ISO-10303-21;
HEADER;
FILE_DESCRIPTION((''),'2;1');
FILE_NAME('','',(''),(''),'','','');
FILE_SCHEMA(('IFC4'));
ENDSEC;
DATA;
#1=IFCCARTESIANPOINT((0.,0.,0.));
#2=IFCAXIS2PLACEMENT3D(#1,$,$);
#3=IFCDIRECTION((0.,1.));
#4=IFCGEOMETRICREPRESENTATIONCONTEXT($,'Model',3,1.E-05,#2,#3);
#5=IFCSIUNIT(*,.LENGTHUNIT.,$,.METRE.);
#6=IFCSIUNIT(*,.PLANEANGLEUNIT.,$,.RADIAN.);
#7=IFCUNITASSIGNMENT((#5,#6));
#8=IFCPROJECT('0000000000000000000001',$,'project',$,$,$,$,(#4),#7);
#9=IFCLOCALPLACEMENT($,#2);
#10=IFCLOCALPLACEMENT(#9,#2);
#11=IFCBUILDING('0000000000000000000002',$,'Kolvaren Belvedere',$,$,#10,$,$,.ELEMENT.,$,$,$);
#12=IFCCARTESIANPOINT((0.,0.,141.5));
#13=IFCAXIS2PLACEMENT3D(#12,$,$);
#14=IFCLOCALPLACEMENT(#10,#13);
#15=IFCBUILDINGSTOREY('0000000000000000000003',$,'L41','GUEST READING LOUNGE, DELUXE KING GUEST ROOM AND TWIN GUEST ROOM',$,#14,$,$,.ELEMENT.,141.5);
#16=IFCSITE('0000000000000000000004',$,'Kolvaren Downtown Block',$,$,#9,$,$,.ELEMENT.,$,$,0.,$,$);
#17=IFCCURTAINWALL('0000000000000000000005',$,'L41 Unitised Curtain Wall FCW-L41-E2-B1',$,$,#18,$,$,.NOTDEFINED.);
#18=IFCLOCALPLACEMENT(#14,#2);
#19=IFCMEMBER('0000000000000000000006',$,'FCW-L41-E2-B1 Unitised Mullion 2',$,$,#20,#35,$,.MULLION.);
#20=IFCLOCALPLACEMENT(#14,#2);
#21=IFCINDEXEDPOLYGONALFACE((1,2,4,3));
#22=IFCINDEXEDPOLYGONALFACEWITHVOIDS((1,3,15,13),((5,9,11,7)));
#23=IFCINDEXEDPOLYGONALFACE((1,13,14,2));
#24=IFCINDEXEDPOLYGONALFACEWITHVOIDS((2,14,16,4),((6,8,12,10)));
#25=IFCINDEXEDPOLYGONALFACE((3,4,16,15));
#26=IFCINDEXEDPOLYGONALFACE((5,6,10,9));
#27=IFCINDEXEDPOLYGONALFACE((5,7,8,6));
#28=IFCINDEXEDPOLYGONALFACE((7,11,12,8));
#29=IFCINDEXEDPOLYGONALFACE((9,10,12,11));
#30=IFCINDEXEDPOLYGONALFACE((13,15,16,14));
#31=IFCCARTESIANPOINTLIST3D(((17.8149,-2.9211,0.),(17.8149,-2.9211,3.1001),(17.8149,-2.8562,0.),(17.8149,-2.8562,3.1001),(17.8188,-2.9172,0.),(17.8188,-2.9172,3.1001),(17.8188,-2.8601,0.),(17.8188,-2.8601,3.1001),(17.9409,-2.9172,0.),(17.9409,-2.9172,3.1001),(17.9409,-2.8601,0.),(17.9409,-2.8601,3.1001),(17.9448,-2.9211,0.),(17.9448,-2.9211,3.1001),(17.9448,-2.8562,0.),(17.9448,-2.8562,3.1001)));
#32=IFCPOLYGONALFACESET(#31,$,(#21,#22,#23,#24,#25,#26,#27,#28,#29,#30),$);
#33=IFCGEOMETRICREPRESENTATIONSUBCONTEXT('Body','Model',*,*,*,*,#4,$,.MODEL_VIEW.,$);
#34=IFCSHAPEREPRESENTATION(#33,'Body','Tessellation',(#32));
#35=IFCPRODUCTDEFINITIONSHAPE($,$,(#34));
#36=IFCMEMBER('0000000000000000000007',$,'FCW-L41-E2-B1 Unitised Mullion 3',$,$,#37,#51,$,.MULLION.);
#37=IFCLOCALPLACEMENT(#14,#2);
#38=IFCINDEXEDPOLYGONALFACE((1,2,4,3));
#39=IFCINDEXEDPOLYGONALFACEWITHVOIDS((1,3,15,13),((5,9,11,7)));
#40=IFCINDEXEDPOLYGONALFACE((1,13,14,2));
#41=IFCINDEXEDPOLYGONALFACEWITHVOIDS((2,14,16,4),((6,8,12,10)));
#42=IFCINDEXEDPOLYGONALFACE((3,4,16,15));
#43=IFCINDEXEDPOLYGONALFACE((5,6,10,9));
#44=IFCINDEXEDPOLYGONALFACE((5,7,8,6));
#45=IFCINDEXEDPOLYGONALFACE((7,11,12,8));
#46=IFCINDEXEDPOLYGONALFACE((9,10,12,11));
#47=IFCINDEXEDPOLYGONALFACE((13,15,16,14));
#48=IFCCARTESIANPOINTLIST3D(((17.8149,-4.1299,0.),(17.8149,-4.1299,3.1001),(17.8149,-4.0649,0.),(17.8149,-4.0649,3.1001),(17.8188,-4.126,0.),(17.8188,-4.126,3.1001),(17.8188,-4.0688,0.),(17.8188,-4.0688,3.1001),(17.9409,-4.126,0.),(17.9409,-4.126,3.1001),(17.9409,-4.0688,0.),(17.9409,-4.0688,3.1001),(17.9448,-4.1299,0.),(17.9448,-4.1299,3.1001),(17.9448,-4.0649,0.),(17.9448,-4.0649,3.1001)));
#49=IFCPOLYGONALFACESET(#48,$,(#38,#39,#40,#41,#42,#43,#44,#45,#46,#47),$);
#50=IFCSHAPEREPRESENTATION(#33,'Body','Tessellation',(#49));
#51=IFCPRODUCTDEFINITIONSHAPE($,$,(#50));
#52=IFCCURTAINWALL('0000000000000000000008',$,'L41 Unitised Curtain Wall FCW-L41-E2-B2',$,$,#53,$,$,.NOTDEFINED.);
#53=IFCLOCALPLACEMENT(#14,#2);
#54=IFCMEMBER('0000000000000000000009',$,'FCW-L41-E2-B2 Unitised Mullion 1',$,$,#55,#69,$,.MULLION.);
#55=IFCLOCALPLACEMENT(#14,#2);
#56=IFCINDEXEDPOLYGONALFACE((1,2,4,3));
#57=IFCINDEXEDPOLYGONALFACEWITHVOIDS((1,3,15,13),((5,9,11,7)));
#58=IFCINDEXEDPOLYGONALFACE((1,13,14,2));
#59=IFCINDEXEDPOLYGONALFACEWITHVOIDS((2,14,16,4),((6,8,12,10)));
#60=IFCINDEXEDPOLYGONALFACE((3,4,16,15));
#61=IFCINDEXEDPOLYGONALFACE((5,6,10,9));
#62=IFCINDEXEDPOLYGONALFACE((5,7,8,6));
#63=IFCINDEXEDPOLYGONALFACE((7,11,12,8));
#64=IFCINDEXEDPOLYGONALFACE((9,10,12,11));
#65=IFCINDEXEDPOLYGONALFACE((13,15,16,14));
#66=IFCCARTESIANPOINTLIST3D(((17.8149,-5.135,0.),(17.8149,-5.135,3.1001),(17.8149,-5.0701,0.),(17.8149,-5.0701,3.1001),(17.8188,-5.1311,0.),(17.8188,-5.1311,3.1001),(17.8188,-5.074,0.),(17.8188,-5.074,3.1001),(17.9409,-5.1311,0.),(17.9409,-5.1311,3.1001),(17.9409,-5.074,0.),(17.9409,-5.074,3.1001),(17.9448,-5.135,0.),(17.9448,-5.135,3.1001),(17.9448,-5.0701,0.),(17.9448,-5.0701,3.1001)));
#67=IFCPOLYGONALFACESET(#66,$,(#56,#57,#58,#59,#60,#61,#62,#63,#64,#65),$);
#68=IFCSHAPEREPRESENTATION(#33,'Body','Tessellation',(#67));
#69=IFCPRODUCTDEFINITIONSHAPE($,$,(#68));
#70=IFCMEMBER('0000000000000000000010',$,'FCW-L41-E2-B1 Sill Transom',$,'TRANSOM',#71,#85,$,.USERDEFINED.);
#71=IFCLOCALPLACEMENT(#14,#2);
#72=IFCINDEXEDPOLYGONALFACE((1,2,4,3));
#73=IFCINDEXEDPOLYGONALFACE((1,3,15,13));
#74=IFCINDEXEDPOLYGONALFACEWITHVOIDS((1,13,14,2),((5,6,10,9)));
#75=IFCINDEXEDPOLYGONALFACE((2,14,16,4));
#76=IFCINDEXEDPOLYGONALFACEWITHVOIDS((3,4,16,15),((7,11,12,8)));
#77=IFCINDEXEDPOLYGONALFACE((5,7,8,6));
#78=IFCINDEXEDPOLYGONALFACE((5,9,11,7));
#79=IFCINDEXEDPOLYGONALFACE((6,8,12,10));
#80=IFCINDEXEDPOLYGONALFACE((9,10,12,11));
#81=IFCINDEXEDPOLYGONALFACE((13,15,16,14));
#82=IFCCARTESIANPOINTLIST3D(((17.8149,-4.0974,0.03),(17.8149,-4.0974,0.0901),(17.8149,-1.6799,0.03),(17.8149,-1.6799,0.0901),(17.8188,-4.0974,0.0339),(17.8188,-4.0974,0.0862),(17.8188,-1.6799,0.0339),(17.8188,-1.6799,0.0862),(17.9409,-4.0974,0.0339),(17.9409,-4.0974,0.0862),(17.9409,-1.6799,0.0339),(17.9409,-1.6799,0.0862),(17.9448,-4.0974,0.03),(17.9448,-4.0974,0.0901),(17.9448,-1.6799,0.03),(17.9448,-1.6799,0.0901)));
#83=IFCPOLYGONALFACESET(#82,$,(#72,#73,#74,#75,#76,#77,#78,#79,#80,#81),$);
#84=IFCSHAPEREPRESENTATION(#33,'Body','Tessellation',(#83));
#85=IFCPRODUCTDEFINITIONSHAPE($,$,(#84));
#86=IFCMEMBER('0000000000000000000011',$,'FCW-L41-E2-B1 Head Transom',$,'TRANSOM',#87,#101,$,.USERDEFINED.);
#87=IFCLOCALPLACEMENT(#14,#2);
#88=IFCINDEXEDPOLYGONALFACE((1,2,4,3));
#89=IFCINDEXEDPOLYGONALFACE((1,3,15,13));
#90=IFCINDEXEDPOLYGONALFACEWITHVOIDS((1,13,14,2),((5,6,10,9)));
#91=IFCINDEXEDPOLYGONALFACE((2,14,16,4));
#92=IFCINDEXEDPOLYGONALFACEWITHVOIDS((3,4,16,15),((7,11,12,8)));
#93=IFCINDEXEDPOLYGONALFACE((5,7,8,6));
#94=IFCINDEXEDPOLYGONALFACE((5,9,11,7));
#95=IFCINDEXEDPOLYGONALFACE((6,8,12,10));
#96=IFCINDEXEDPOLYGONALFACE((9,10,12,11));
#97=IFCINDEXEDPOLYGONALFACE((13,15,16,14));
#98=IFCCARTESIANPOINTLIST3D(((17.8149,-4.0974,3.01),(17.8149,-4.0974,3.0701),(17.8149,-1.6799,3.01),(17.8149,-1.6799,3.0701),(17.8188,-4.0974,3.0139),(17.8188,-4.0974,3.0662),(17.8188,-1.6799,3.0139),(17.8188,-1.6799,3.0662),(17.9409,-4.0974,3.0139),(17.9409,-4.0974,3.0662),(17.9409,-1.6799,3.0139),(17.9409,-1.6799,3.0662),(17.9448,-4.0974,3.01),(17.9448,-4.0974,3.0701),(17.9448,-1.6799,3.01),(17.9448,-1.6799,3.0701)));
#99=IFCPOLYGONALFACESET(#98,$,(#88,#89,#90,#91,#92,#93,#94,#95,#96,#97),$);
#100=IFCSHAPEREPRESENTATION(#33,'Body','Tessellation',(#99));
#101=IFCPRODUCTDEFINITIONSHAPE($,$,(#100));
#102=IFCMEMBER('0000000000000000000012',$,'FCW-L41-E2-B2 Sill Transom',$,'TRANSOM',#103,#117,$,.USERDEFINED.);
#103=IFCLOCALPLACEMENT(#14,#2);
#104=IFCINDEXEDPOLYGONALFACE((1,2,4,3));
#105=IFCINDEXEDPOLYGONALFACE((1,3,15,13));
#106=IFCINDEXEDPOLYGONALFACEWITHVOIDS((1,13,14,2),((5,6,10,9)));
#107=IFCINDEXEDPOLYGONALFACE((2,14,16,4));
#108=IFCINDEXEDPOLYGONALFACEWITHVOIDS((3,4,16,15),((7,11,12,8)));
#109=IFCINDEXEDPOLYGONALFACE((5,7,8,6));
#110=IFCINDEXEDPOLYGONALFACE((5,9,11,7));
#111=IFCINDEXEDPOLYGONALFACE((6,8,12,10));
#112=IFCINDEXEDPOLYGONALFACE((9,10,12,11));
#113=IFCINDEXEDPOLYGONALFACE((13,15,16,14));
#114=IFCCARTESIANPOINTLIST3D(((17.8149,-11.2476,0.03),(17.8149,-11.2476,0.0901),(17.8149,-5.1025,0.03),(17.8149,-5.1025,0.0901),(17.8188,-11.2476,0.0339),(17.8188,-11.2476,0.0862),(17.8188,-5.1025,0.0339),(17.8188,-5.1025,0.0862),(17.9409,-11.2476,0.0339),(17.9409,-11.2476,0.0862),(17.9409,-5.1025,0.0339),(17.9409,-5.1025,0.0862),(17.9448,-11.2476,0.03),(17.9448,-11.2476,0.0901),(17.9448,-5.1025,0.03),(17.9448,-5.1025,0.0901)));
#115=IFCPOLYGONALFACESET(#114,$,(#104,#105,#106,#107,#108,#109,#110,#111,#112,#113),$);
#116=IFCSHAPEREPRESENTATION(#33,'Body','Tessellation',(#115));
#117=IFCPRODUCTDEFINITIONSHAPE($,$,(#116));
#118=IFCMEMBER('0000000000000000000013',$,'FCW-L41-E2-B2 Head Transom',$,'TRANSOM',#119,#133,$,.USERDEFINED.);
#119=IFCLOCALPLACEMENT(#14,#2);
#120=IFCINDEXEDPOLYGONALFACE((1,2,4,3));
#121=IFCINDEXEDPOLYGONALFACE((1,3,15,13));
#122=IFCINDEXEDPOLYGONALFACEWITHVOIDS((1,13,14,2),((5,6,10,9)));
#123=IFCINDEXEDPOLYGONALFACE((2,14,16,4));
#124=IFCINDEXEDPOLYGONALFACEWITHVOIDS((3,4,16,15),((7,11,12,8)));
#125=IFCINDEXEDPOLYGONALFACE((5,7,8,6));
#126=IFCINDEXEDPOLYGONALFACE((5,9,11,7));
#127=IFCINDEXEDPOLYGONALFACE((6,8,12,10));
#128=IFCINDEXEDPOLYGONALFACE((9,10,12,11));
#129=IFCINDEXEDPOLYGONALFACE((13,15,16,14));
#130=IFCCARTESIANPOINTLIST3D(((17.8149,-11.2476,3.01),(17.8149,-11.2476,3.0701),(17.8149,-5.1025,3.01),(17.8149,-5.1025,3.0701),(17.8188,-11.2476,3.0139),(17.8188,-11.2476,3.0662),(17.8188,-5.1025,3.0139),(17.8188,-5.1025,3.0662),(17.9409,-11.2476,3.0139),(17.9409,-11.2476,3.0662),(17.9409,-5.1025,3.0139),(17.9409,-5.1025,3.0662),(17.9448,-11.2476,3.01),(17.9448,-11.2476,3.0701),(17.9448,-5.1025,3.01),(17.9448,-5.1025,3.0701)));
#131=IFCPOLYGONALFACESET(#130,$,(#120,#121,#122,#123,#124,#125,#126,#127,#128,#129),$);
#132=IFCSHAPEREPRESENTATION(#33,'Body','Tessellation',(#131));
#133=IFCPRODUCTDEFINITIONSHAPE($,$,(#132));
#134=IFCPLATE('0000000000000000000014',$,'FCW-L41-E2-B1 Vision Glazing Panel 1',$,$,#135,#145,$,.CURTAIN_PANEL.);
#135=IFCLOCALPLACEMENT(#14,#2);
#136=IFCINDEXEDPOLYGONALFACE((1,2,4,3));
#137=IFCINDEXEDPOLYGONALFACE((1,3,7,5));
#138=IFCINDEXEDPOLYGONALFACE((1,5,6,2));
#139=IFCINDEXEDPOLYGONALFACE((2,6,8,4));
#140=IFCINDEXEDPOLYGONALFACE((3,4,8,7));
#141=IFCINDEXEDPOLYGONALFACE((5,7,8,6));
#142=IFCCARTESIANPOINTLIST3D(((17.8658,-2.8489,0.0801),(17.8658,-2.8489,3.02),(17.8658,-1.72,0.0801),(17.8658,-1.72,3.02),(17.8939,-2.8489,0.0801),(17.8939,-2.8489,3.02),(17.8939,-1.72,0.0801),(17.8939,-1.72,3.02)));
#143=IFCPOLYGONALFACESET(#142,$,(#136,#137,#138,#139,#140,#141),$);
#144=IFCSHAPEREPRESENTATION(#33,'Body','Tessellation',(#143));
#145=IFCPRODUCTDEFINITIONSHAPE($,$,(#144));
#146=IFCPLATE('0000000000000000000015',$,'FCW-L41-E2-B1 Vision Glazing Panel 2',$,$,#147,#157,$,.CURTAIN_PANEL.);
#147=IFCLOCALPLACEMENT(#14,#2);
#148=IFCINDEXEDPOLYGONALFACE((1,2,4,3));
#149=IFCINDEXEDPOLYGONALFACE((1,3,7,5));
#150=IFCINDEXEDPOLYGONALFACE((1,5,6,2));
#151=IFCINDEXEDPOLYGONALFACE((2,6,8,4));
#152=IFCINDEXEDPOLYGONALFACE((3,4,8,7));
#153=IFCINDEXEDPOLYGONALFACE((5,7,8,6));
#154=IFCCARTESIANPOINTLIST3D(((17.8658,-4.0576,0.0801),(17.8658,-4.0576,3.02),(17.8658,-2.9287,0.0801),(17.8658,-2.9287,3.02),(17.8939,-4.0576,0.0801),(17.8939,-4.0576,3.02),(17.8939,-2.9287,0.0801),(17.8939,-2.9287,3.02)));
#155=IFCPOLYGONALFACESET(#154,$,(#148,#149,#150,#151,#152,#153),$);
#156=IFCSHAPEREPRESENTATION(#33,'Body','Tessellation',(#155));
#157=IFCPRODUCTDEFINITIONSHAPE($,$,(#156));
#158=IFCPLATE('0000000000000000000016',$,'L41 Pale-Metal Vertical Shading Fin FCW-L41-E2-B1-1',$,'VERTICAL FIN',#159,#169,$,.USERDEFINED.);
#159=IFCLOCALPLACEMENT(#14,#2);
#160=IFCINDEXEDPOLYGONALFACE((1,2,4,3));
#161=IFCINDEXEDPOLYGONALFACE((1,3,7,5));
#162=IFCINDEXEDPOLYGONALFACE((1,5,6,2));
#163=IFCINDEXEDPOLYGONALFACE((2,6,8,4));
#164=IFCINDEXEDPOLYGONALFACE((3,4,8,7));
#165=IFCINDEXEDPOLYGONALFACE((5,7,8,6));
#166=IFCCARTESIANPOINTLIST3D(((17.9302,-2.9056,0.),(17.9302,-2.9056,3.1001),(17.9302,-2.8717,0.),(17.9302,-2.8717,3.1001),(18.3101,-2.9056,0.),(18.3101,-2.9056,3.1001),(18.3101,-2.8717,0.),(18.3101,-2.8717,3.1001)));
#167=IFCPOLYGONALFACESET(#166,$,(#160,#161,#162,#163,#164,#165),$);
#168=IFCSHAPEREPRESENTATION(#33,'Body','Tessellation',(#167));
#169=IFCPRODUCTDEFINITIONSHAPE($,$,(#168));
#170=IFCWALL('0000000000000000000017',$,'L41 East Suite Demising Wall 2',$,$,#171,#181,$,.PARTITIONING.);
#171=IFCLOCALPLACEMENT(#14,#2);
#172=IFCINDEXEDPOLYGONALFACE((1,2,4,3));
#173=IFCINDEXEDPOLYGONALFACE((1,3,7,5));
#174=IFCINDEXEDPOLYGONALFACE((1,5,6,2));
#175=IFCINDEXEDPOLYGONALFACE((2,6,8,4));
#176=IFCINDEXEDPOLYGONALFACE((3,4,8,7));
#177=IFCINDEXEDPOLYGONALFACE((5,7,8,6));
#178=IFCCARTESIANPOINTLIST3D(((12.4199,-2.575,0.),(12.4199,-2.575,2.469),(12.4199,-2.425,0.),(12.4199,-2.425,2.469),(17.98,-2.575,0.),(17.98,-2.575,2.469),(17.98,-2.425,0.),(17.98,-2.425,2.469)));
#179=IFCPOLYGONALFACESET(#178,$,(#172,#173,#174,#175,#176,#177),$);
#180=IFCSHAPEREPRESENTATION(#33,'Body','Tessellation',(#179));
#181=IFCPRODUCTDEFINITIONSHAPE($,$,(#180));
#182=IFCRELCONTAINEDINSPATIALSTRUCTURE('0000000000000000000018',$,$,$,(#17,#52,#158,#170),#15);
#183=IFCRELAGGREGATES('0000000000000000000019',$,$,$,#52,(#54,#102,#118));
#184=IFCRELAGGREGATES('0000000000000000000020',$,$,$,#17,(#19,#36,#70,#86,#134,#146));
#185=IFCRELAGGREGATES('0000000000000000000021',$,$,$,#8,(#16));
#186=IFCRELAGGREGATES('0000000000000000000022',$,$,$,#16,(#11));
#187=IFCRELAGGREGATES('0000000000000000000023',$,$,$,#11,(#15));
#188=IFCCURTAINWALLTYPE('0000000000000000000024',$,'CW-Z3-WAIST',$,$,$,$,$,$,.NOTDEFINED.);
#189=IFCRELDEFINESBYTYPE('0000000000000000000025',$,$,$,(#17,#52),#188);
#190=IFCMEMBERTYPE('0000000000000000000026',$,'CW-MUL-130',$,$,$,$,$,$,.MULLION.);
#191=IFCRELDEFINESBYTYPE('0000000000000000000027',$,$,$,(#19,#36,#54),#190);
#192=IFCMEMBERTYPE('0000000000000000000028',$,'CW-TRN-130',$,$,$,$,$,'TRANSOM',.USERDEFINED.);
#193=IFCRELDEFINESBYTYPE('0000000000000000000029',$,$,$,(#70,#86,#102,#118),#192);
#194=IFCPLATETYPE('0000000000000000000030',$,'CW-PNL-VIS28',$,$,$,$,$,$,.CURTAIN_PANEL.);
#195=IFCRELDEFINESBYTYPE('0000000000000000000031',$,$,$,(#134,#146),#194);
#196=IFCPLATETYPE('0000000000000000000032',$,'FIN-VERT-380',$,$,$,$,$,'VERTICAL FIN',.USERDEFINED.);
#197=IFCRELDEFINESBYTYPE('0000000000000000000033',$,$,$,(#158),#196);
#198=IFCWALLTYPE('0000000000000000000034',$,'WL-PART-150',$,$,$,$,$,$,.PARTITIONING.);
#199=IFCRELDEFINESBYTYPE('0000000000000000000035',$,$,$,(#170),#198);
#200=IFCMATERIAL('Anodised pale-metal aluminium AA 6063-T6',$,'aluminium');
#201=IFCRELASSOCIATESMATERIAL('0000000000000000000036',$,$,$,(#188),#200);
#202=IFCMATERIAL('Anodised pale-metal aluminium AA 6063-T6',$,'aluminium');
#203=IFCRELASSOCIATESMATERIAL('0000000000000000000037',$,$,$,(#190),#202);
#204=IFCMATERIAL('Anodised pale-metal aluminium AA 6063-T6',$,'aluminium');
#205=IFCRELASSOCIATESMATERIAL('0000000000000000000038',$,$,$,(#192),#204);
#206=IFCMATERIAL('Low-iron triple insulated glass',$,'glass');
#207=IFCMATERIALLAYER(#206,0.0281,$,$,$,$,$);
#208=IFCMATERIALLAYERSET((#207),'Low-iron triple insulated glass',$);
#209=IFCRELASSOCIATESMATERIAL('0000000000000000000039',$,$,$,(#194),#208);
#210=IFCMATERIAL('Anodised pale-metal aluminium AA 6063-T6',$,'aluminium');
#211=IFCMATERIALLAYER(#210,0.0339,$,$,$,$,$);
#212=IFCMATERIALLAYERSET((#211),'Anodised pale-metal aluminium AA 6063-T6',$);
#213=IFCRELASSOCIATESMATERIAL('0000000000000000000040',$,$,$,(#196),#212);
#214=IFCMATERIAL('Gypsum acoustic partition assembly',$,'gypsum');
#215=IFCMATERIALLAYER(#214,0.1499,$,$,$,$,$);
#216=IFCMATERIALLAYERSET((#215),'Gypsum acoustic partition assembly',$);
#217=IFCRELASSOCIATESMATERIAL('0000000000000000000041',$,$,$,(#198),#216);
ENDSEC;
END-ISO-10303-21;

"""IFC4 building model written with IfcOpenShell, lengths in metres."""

from ifc_helpers import new_model, si_unit, direction, frame, frame_2d, origin, origin_2d, place, context, subcontext, project, spatial, rectangle, hollow_rectangle, extrude, material, layer, layer_set, material_profile, profile_set, type_object, element, aggregate, save


model = new_model("IFC4")

# Units and contexts
model_context = context("Model", 3, precision=1e-05, world=origin(), true_north=direction((0.0, 1.0)))
body_context = subcontext(model_context, "Body", "Model", "MODEL_VIEW")
ifc_project = project(units=[si_unit("LENGTHUNIT", "METRE"), si_unit("PLANEANGLEUNIT", "RADIAN")], contexts=[model_context])

# Site, building, storey
site_placement = place(None, origin())
site = spatial("IfcSite", under=ifc_project, at=site_placement, Name="Kolvaren Downtown Block", CompositionType="ELEMENT", RefElevation=0.0)
building_placement = place(site_placement, origin())
building = spatial("IfcBuilding", under=site, at=building_placement, Name="Kolvaren Belvedere", CompositionType="ELEMENT")
storey_placement = place(building_placement, frame((0.0, 0.0, 141.5)))
storey = spatial("IfcBuildingStorey", under=building, at=storey_placement, Name="L41", Description="GUEST READING LOUNGE, DELUXE KING GUEST ROOM AND TWIN GUEST ROOM", CompositionType="ELEMENT", Elevation=141.5)

# Curtain wall, members
ifc_material_1 = material(Name="Anodised pale-metal aluminium AA 6063-T6", Category="aluminium")
curtain_wall_type = type_object("IfcCurtainWallType", Name="CW-Z3-WAIST", PredefinedType="NOTDEFINED", material=ifc_material_1)
curtain_wall_1_placement = place(storey_placement, origin())
curtain_wall_1 = element("IfcCurtainWall", 1, at=curtain_wall_1_placement, inside=storey, type_object=curtain_wall_type, Name="L41 Unitised Curtain Wall FCW-L41-E2-B1", PredefinedType="NOTDEFINED")
ifc_material_2 = material(Name="Anodised pale-metal aluminium AA 6063-T6", Category="aluminium")
ifc_material_profile_1 = material_profile(ifc_material_2, hollow_rectangle(XDim=0.0649, YDim=0.1299, WallThickness=0.0039, at=origin_2d()), Name="ALU-MUL-130X65")
ifc_profile_set_1 = profile_set([ifc_material_profile_1], Name="Anodised pale-metal aluminium AA 6063-T6")
member_type_1 = type_object("IfcMemberType", Name="CW-MUL-130", PredefinedType="MULLION", material=ifc_profile_set_1)
member_1_placement = place(storey_placement, frame((17.8799, -2.8887, 0.0), z_axis=(0.0, 0.0, 1.0), x_axis=(0.0, 1.0, 0.0)))
member_1 = element("IfcMember", 2, at=member_1_placement, type_object=member_type_1, Name="FCW-L41-E2-B1 Unitised Mullion 2", PredefinedType="MULLION", context=body_context, shape_type="SweptSolid", body=[
    extrude(hollow_rectangle(XDim=0.0649, YDim=0.1299, WallThickness=0.0039, at=origin_2d()), origin(), (0.0, 0.0, 1.0), 3.1001),
])
member_2_placement = place(storey_placement, frame((17.8799, -4.0974, 0.0), z_axis=(0.0, 0.0, 1.0), x_axis=(0.0, 1.0, 0.0)))
member_2 = element("IfcMember", 3, at=member_2_placement, type_object=member_type_1, Name="FCW-L41-E2-B1 Unitised Mullion 3", PredefinedType="MULLION", context=body_context, shape_type="SweptSolid", body=[
    extrude(hollow_rectangle(XDim=0.0649, YDim=0.1299, WallThickness=0.0039, at=origin_2d()), origin(), (0.0, 0.0, 1.0), 3.1001),
])

# Curtain wall, member
curtain_wall_2_placement = place(storey_placement, origin())
curtain_wall_2 = element("IfcCurtainWall", 4, at=curtain_wall_2_placement, inside=storey, type_object=curtain_wall_type, Name="L41 Unitised Curtain Wall FCW-L41-E2-B2", PredefinedType="NOTDEFINED")
member_3_placement = place(storey_placement, frame((17.8799, -5.1025, 0.0), z_axis=(0.0, 0.0, 1.0), x_axis=(0.0, 1.0, 0.0)))
member_3 = element("IfcMember", 5, at=member_3_placement, type_object=member_type_1, Name="FCW-L41-E2-B2 Unitised Mullion 1", PredefinedType="MULLION", context=body_context, shape_type="SweptSolid", body=[
    extrude(hollow_rectangle(XDim=0.0649, YDim=0.1299, WallThickness=0.0039, at=origin_2d()), origin(), (0.0, 0.0, 1.0), 3.1001),
])

# Members
ifc_material_3 = material(Name="Anodised pale-metal aluminium AA 6063-T6", Category="aluminium")
ifc_material_profile_2 = material_profile(ifc_material_3, hollow_rectangle(XDim=0.0601, YDim=0.1299, WallThickness=0.0039, at=origin_2d()), Name="ALU-TRN-130X60")
ifc_profile_set_2 = profile_set([ifc_material_profile_2], Name="Anodised pale-metal aluminium AA 6063-T6")
member_type_2 = type_object("IfcMemberType", Name="CW-TRN-130", ElementType="TRANSOM", PredefinedType="USERDEFINED", material=ifc_profile_set_2)
member_4_placement = place(storey_placement, frame((17.8799, -1.6799, 0.0601), z_axis=(0.0, -1.0, 0.0), x_axis=(0.0, 0.0, 1.0)))
member_4 = element("IfcMember", 6, at=member_4_placement, type_object=member_type_2, Name="FCW-L41-E2-B1 Sill Transom", ObjectType="TRANSOM", PredefinedType="USERDEFINED", context=body_context, shape_type="SweptSolid", body=[
    extrude(hollow_rectangle(XDim=0.0601, YDim=0.1299, WallThickness=0.0039, at=origin_2d()), origin(), (0.0, 0.0, 1.0), 2.4175),
])
member_5_placement = place(storey_placement, frame((17.8799, -1.6799, 3.04), z_axis=(0.0, -1.0, 0.0), x_axis=(0.0, 0.0, 1.0)))
member_5 = element("IfcMember", 7, at=member_5_placement, type_object=member_type_2, Name="FCW-L41-E2-B1 Head Transom", ObjectType="TRANSOM", PredefinedType="USERDEFINED", context=body_context, shape_type="SweptSolid", body=[
    extrude(hollow_rectangle(XDim=0.0601, YDim=0.1299, WallThickness=0.0039, at=origin_2d()), origin(), (0.0, 0.0, 1.0), 2.4175),
])
member_6_placement = place(storey_placement, frame((17.8799, -5.1025, 0.0601), z_axis=(0.0, -1.0, 0.0), x_axis=(0.0, 0.0, 1.0)))
member_6 = element("IfcMember", 8, at=member_6_placement, type_object=member_type_2, Name="FCW-L41-E2-B2 Sill Transom", ObjectType="TRANSOM", PredefinedType="USERDEFINED", context=body_context, shape_type="SweptSolid", body=[
    extrude(hollow_rectangle(XDim=0.0601, YDim=0.1299, WallThickness=0.0039, at=origin_2d()), origin(), (0.0, 0.0, 1.0), 6.145),
])
member_7_placement = place(storey_placement, frame((17.8799, -5.1025, 3.04), z_axis=(0.0, -1.0, 0.0), x_axis=(0.0, 0.0, 1.0)))
member_7 = element("IfcMember", 9, at=member_7_placement, type_object=member_type_2, Name="FCW-L41-E2-B2 Head Transom", ObjectType="TRANSOM", PredefinedType="USERDEFINED", context=body_context, shape_type="SweptSolid", body=[
    extrude(hollow_rectangle(XDim=0.0601, YDim=0.1299, WallThickness=0.0039, at=origin_2d()), origin(), (0.0, 0.0, 1.0), 6.145),
])
aggregate(curtain_wall_2, [member_3, member_6, member_7])

# Plates
ifc_material_4 = material(Name="Low-iron triple insulated glass", Category="glass")
ifc_layer_1 = layer(ifc_material_4, 0.0281)
ifc_layer_set_1 = layer_set([ifc_layer_1], Name="Low-iron triple insulated glass")
plate_type_1 = type_object("IfcPlateType", Name="CW-PNL-VIS28", PredefinedType="CURTAIN_PANEL", material=ifc_layer_set_1)
plate_1_placement = place(storey_placement, frame((17.8799, -2.2844, 0.0801), z_axis=(0.0, 0.0, 1.0), x_axis=(0.0, -1.0, 0.0)))
plate_1 = element("IfcPlate", 10, at=plate_1_placement, type_object=plate_type_1, Name="FCW-L41-E2-B1 Vision Glazing Panel 1", PredefinedType="CURTAIN_PANEL", context=body_context, shape_type="SweptSolid", body=[
    extrude(rectangle(XDim=1.1289, YDim=0.0281, at=origin_2d()), origin(), (0.0, 0.0, 1.0), 2.9399),
])
plate_2_placement = place(storey_placement, frame((17.8799, -3.4932, 0.0801), z_axis=(0.0, 0.0, 1.0), x_axis=(0.0, -1.0, 0.0)))
plate_2 = element("IfcPlate", 11, at=plate_2_placement, type_object=plate_type_1, Name="FCW-L41-E2-B1 Vision Glazing Panel 2", PredefinedType="CURTAIN_PANEL", context=body_context, shape_type="SweptSolid", body=[
    extrude(rectangle(XDim=1.1289, YDim=0.0281, at=origin_2d()), origin(), (0.0, 0.0, 1.0), 2.9399),
])
aggregate(curtain_wall_1, [member_1, member_2, member_4, member_5, plate_1, plate_2])
ifc_material_5 = material(Name="Anodised pale-metal aluminium AA 6063-T6", Category="aluminium")
ifc_layer_2 = layer(ifc_material_5, 0.0339)
ifc_layer_set_2 = layer_set([ifc_layer_2], Name="Anodised pale-metal aluminium AA 6063-T6")
plate_type_2 = type_object("IfcPlateType", Name="FIN-VERT-380", ElementType="VERTICAL FIN", PredefinedType="USERDEFINED", material=ifc_layer_set_2)
plate_3_placement = place(storey_placement, frame((18.1201, -2.8887, 0.0), z_axis=(0.0, 0.0, 1.0), x_axis=(1.0, 0.0, 0.0)))
element("IfcPlate", 12, at=plate_3_placement, inside=storey, type_object=plate_type_2, Name="L41 Pale-Metal Vertical Shading Fin FCW-L41-E2-B1-1", ObjectType="VERTICAL FIN", PredefinedType="USERDEFINED", context=body_context, shape_type="SweptSolid", body=[
    extrude(rectangle(XDim=0.3799, YDim=0.0339, at=origin_2d()), origin(), (0.0, 0.0, 1.0), 3.1001),
])

# Wall
ifc_material_6 = material(Name="Gypsum acoustic partition assembly", Category="gypsum")
ifc_layer_3 = layer(ifc_material_6, 0.1499)
ifc_layer_set_3 = layer_set([ifc_layer_3], Name="Gypsum acoustic partition assembly")
wall_type_1 = type_object("IfcWallType", Name="WL-PART-150", PredefinedType="PARTITIONING", material=ifc_layer_set_3)
wall_1_placement = place(storey_placement, frame((12.4199, -2.5, 0.0), z_axis=(0.0, 0.0, 1.0), x_axis=(1.0, 0.0, 0.0)))
element("IfcWall", 13, at=wall_1_placement, inside=storey, type_object=wall_type_1, Name="L41 East Suite Demising Wall 2", PredefinedType="PARTITIONING", context=body_context, shape_type="SweptSolid", body=[
    extrude(rectangle(XDim=5.5601, YDim=0.1499, at=frame_2d((2.78, 0.0))), origin(), (0.0, 0.0, 1.0), 2.469),
])

save(model, "model.ifc")
